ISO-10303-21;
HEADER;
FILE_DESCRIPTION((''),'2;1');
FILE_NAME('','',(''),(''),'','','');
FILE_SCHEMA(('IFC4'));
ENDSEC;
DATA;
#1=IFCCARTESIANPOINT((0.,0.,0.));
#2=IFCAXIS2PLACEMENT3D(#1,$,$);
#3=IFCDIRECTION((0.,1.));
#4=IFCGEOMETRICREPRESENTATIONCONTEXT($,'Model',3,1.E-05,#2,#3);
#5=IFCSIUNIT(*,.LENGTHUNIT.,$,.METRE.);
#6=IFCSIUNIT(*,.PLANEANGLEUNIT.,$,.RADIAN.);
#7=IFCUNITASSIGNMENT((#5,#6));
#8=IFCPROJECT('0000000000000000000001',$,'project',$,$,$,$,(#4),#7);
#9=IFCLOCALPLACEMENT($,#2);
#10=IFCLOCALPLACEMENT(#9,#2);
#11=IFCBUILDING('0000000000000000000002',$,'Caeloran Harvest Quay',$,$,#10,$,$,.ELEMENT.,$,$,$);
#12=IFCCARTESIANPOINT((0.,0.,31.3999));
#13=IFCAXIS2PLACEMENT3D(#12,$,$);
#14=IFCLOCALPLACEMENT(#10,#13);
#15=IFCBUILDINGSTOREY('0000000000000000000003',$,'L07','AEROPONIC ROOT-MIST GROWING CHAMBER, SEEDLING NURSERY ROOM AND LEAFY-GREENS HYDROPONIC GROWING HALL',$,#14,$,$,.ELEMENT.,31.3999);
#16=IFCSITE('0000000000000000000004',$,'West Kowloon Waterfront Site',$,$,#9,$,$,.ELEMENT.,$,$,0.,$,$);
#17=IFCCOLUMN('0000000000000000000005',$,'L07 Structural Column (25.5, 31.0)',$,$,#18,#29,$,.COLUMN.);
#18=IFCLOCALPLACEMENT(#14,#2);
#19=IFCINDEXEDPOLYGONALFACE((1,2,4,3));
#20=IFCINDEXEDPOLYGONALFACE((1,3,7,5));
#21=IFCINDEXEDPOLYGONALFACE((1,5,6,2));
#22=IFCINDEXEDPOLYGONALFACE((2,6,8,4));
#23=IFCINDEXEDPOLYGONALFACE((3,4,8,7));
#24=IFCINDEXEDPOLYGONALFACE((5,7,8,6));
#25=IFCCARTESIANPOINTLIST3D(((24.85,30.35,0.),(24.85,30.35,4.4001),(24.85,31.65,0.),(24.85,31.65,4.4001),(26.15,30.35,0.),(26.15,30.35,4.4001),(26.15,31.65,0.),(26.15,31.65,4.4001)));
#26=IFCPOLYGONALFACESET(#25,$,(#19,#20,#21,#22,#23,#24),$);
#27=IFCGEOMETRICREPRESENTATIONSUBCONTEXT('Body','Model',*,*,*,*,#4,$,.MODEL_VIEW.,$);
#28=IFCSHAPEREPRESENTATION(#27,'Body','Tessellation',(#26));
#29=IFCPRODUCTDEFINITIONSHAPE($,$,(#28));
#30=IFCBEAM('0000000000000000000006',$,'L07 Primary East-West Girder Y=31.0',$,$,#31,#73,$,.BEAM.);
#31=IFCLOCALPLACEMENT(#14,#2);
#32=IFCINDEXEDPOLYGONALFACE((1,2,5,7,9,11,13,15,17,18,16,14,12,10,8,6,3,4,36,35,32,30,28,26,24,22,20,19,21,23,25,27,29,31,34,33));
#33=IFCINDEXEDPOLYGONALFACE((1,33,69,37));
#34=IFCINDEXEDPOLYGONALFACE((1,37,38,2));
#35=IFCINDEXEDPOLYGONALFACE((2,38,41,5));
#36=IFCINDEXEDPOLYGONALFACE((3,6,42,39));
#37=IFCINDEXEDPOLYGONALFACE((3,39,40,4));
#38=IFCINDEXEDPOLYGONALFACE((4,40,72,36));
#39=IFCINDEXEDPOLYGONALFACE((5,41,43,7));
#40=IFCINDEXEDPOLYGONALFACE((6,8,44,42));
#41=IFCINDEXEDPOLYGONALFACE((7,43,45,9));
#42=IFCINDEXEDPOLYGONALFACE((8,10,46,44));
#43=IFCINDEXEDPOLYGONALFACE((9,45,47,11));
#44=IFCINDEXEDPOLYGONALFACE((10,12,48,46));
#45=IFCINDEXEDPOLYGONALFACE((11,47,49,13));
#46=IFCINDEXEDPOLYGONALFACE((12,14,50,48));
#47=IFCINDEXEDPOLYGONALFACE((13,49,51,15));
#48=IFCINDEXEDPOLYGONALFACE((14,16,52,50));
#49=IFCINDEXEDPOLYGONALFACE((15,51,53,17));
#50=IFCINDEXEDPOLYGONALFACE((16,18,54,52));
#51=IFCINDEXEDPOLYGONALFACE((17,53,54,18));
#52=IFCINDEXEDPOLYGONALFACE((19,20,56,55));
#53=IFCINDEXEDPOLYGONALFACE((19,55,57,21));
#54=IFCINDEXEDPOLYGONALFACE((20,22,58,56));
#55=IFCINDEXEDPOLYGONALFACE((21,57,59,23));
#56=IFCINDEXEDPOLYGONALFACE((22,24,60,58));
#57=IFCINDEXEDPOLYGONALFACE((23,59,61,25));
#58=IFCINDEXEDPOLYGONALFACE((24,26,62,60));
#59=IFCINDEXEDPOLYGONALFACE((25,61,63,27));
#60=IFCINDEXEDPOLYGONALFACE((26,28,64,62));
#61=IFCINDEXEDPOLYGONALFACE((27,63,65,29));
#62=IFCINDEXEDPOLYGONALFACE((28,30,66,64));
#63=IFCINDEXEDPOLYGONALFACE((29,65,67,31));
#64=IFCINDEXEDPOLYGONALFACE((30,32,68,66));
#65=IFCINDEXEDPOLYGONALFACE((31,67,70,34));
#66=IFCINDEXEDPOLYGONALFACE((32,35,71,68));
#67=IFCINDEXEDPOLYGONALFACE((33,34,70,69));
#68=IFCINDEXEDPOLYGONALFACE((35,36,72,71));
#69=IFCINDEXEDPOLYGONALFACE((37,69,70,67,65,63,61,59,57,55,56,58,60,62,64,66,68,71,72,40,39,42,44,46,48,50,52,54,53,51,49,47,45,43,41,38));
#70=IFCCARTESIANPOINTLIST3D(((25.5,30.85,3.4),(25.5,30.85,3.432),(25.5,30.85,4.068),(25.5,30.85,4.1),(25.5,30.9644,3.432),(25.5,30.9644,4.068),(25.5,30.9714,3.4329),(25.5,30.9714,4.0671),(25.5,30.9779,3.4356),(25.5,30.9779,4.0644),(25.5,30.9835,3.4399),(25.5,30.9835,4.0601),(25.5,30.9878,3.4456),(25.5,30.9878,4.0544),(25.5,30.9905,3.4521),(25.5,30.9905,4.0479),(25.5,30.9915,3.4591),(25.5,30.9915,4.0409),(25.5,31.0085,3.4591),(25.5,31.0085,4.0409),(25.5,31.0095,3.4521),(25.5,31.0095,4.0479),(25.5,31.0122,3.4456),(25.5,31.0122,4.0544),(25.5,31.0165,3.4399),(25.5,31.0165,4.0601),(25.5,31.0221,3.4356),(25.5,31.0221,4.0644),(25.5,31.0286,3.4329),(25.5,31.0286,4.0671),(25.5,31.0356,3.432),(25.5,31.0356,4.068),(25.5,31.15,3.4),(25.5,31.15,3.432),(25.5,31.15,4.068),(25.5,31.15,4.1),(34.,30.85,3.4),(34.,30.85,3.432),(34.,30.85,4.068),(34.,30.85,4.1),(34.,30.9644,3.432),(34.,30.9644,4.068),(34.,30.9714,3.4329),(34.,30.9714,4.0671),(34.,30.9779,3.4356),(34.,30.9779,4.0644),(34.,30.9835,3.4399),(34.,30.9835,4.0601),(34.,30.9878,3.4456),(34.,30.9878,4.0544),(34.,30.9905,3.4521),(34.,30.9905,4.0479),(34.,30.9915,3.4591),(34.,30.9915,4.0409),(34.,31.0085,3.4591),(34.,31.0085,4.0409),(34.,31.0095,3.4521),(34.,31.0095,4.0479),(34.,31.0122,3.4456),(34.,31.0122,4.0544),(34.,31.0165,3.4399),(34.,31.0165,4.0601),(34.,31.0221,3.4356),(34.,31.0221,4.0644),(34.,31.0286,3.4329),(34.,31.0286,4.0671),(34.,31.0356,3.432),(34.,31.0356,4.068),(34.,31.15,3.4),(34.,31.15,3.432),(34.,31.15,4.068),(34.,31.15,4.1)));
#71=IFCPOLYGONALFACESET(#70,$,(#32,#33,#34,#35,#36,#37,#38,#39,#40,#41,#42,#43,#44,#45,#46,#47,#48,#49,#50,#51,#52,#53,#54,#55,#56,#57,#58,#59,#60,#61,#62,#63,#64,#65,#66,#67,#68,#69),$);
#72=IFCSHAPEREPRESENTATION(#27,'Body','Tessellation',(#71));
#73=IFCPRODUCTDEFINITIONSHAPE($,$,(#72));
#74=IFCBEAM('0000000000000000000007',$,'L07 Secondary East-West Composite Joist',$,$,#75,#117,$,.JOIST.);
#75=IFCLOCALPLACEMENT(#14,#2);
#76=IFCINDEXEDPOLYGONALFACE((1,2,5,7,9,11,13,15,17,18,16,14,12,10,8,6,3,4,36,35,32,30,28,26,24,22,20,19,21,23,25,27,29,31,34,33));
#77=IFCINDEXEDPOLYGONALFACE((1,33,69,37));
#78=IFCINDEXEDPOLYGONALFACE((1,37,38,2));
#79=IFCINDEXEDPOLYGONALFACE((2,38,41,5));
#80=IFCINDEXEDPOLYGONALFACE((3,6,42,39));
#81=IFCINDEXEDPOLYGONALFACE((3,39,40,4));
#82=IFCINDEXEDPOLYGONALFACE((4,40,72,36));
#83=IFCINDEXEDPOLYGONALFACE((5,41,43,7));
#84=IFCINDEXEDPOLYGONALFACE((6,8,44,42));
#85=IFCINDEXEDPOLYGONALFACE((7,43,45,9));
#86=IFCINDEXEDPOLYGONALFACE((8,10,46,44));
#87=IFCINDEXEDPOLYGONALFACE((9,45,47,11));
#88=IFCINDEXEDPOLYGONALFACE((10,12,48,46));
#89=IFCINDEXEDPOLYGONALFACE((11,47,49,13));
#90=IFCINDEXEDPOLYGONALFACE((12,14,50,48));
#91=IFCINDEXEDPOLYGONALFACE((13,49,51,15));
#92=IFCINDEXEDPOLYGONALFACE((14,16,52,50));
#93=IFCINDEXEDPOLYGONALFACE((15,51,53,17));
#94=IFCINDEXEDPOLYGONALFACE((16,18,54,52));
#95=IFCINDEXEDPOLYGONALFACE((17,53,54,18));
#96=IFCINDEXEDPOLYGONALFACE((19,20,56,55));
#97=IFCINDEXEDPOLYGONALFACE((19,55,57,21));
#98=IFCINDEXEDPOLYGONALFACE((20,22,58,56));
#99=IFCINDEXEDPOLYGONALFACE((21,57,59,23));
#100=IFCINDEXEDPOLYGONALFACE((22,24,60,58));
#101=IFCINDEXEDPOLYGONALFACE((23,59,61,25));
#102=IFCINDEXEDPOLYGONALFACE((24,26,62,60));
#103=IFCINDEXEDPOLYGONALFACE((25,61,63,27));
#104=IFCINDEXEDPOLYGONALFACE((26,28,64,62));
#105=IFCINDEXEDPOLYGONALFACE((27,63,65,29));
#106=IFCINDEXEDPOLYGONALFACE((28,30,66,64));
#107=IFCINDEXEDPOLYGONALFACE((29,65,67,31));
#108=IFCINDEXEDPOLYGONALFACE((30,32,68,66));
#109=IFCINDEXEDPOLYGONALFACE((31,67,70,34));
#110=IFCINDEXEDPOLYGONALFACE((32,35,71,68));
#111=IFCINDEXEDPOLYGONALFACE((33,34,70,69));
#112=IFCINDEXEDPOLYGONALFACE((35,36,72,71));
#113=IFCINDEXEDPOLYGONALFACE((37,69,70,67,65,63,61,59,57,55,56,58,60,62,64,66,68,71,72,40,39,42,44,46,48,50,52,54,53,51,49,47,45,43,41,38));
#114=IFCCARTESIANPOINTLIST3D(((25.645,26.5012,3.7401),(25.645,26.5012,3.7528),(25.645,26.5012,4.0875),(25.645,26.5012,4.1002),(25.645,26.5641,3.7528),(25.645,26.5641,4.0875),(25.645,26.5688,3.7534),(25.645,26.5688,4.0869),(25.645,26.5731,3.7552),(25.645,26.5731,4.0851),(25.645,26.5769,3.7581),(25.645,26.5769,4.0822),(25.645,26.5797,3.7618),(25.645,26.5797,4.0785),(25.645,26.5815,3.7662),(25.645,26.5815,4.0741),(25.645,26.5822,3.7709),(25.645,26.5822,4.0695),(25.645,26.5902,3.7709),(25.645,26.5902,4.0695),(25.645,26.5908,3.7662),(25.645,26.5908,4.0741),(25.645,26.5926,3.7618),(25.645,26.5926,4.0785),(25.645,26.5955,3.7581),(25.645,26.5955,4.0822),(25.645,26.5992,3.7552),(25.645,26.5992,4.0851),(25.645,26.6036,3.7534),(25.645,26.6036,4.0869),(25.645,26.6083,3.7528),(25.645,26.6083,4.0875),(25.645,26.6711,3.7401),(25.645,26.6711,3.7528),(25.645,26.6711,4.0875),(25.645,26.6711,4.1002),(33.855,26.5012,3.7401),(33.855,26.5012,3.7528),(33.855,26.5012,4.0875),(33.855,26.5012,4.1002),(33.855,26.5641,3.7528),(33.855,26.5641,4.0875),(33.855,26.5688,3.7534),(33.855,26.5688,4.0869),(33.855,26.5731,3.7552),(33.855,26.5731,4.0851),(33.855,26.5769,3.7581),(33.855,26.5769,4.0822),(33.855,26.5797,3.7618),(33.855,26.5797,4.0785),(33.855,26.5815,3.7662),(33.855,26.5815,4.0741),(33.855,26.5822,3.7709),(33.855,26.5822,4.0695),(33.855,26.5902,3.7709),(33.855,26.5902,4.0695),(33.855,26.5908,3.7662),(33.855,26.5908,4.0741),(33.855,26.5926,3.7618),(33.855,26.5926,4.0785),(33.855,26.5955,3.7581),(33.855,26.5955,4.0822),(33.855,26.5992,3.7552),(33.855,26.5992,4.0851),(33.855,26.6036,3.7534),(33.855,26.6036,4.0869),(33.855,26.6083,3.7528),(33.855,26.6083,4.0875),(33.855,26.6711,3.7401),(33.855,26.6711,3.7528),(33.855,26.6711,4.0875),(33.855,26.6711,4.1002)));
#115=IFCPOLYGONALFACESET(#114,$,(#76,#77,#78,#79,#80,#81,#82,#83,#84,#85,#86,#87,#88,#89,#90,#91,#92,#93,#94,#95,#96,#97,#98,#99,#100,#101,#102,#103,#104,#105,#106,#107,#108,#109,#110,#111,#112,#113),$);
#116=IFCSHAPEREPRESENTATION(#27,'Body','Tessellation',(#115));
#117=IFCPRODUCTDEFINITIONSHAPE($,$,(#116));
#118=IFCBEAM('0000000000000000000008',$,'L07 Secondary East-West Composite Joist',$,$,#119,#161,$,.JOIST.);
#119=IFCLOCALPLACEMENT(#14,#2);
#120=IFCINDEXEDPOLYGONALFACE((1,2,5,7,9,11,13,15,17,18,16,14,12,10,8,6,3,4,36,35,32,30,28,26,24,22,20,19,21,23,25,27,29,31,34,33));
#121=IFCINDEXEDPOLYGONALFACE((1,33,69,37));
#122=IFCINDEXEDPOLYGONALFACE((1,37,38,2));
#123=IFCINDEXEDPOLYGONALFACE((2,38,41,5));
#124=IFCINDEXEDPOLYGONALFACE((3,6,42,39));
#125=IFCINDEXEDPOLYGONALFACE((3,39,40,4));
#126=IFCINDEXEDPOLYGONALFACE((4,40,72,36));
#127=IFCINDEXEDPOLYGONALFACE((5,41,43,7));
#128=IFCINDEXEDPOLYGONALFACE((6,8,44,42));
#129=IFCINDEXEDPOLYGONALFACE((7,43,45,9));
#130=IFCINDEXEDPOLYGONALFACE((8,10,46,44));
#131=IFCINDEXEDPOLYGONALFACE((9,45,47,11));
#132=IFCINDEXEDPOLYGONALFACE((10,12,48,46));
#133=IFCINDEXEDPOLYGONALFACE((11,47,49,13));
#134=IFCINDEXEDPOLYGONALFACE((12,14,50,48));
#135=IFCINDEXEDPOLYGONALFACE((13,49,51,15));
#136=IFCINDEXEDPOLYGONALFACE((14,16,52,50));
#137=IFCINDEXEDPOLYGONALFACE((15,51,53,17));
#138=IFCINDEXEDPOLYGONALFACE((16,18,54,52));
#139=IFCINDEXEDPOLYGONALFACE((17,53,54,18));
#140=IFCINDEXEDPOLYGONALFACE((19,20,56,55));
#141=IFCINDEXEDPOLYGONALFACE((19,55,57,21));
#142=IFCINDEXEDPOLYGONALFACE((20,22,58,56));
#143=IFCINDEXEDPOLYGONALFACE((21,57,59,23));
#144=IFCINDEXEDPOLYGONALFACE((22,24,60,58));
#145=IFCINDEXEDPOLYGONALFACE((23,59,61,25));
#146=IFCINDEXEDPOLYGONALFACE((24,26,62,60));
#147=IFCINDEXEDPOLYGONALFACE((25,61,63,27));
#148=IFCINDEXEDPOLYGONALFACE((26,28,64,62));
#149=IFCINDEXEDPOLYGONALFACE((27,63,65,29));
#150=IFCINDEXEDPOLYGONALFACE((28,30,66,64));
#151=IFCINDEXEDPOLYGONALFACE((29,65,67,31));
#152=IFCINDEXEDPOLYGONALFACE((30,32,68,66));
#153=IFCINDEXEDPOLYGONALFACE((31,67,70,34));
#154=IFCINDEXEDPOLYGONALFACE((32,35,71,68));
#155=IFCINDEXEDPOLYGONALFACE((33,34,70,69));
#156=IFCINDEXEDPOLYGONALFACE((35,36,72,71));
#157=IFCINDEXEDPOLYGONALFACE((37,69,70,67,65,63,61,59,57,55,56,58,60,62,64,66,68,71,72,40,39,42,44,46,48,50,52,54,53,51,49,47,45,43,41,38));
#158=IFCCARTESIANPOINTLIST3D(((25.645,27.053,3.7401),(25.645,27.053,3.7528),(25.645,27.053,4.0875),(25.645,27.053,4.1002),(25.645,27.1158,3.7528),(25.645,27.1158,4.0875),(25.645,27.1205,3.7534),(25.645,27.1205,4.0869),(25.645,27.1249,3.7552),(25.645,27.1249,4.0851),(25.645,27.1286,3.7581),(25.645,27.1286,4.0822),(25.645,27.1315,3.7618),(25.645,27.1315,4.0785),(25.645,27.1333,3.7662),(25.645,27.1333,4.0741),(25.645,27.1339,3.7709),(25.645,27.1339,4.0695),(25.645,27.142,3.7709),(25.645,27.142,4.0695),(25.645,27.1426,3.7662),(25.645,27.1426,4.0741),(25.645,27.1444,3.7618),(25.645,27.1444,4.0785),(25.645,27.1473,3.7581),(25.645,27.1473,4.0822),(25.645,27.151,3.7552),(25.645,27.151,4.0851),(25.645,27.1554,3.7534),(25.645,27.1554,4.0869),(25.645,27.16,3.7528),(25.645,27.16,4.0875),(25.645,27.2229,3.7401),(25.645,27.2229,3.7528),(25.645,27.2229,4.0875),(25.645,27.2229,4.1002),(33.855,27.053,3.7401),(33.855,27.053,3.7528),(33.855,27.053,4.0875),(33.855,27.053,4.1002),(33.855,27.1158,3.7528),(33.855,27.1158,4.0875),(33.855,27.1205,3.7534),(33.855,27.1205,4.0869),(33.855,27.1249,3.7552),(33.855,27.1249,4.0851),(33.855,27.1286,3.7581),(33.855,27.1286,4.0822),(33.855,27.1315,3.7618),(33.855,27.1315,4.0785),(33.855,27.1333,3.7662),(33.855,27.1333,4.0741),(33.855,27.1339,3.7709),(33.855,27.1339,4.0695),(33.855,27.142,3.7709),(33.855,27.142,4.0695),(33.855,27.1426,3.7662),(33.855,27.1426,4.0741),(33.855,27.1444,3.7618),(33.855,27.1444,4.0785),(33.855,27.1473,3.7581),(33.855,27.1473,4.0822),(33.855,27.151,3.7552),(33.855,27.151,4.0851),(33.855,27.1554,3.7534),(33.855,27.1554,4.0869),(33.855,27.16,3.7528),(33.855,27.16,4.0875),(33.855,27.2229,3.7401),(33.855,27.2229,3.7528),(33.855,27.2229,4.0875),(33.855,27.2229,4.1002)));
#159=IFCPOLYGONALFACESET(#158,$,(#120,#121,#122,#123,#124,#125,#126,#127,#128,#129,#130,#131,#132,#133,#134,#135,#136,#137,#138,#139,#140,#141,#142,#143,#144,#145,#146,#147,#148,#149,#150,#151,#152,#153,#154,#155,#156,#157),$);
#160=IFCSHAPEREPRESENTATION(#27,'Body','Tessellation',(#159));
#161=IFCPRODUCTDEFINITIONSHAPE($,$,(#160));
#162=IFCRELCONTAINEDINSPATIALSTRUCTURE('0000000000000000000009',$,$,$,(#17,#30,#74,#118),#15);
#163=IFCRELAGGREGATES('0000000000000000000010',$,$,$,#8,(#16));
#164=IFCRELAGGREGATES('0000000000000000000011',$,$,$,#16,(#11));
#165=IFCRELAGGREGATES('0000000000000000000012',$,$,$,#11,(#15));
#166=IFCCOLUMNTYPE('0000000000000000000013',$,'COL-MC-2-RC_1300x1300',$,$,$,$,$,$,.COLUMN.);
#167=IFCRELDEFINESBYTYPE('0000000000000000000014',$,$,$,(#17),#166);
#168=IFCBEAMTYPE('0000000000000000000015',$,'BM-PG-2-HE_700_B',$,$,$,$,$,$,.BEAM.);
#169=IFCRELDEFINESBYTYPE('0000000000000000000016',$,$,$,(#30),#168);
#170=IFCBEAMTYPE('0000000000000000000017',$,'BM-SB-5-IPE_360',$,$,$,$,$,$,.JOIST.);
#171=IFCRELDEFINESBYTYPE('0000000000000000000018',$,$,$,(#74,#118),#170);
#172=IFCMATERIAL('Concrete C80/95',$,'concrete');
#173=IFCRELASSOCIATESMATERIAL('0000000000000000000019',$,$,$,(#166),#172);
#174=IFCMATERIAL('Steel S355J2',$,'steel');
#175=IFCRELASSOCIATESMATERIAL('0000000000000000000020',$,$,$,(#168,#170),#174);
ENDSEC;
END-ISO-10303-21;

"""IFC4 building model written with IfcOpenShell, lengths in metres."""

from ifc_helpers import new_model, si_unit, direction, frame, origin, origin_2d, place, context, subcontext, project, spatial, rectangle, i_section, extrude, material, material_profile, profile_set, type_object, element, save


model = new_model("IFC4")

# Units and contexts
model_context = context("Model", 3, precision=1e-05, world=origin(), true_north=direction((0.0, 1.0)))
body_context = subcontext(model_context, "Body", "Model", "MODEL_VIEW")
ifc_project = project(units=[si_unit("LENGTHUNIT", "METRE"), si_unit("PLANEANGLEUNIT", "RADIAN")], contexts=[model_context])

# Site, building, storey
site_placement = place(None, origin())
site = spatial("IfcSite", under=ifc_project, at=site_placement, Name="West Kowloon Waterfront Site", CompositionType="ELEMENT", RefElevation=0.0)
building_placement = place(site_placement, origin())
building = spatial("IfcBuilding", under=site, at=building_placement, Name="Caeloran Harvest Quay", CompositionType="ELEMENT")
storey_placement = place(building_placement, frame((0.0, 0.0, 31.3999)))
storey = spatial("IfcBuildingStorey", under=building, at=storey_placement, Name="L07", Description="AEROPONIC ROOT-MIST GROWING CHAMBER, SEEDLING NURSERY ROOM AND LEAFY-GREENS HYDROPONIC GROWING HALL", CompositionType="ELEMENT", Elevation=31.3999)

# Column
ifc_material_1 = material(Name="Concrete C80/95", Category="concrete")
ifc_material_profile_1 = material_profile(ifc_material_1, rectangle(XDim=1.3, YDim=1.3, at=origin_2d()), Name="RC 1300x1300")
ifc_profile_set_1 = profile_set([ifc_material_profile_1], Name="Concrete C80/95")
column_type = type_object("IfcColumnType", Name="COL-MC-2-RC_1300x1300", PredefinedType="COLUMN", material=ifc_profile_set_1)
column_placement = place(storey_placement, frame((25.5, 31.0, 0.0), z_axis=(0.0, 0.0, 1.0), x_axis=(1.0, 0.0, 0.0)))
element("IfcColumn", 1, at=column_placement, inside=storey, type_object=column_type, Name="L07 Structural Column (25.5, 31.0)", PredefinedType="COLUMN", context=body_context, shape_type="SweptSolid", body=[
    extrude(rectangle(XDim=1.3, YDim=1.3, at=origin_2d()), origin(), (0.0, 0.0, 1.0), 4.4001),
])

# Beams
ifc_material_2 = material(Name="Steel S355J2", Category="steel")
ifc_material_profile_2 = material_profile(ifc_material_2, i_section(OverallWidth=0.3, OverallDepth=0.7, WebThickness=0.0171, FlangeThickness=0.032, FilletRadius=0.0271, at=origin_2d()), Name="HE 700 B")
ifc_profile_set_2 = profile_set([ifc_material_profile_2], Name="Steel S355J2")
beam_type_1 = type_object("IfcBeamType", Name="BM-PG-2-HE_700_B", PredefinedType="BEAM", material=ifc_profile_set_2)
beam_placement = place(storey_placement, frame((25.5, 31.0, 3.75), z_axis=(1.0, 0.0, 0.0), x_axis=(0.0, 1.0, 0.0)))
element("IfcBeam", 2, at=beam_placement, inside=storey, type_object=beam_type_1, Name="L07 Primary East-West Girder Y=31.0", PredefinedType="BEAM", context=body_context, shape_type="SweptSolid", body=[
    extrude(i_section(OverallWidth=0.3, OverallDepth=0.7, WebThickness=0.0171, FlangeThickness=0.032, FilletRadius=0.0271, at=origin_2d()), origin(), (0.0, 0.0, 1.0), 8.5),
])
ifc_material_profile_3 = material_profile(ifc_material_2, i_section(OverallWidth=0.1699, OverallDepth=0.3601, WebThickness=0.0081, FlangeThickness=0.0127, FilletRadius=0.0181, at=origin_2d()), Name="IPE 360")
ifc_profile_set_3 = profile_set([ifc_material_profile_3], Name="Steel S355J2")
beam_type_2 = type_object("IfcBeamType", Name="BM-SB-5-IPE_360", PredefinedType="JOIST", material=ifc_profile_set_3)
for number, where, z_axis, x_axis, name in (
    (3, (25.645, 26.5862, 3.9202), (1.0, 0.0, 0.0), (0.0, 1.0, 0.0), "L07 Secondary East-West Composite Joist"),
    (4, (25.645, 27.1379, 3.9202), (1.0, 0.0, 0.0), (0.0, 1.0, 0.0), "L07 Secondary East-West Composite Joist"),
):
    element("IfcBeam", number, at=place(storey_placement, frame(where, z_axis=z_axis, x_axis=x_axis)), inside=storey, type_object=beam_type_2, Name=name, PredefinedType="JOIST", context=body_context, shape_type="SweptSolid", body=[
        extrude(i_section(OverallWidth=0.1699, OverallDepth=0.3601, WebThickness=0.0081, FlangeThickness=0.0127, FilletRadius=0.0181, at=origin_2d()), origin(), (0.0, 0.0, 1.0), 8.21),
    ])

save(model, "model.ifc")
